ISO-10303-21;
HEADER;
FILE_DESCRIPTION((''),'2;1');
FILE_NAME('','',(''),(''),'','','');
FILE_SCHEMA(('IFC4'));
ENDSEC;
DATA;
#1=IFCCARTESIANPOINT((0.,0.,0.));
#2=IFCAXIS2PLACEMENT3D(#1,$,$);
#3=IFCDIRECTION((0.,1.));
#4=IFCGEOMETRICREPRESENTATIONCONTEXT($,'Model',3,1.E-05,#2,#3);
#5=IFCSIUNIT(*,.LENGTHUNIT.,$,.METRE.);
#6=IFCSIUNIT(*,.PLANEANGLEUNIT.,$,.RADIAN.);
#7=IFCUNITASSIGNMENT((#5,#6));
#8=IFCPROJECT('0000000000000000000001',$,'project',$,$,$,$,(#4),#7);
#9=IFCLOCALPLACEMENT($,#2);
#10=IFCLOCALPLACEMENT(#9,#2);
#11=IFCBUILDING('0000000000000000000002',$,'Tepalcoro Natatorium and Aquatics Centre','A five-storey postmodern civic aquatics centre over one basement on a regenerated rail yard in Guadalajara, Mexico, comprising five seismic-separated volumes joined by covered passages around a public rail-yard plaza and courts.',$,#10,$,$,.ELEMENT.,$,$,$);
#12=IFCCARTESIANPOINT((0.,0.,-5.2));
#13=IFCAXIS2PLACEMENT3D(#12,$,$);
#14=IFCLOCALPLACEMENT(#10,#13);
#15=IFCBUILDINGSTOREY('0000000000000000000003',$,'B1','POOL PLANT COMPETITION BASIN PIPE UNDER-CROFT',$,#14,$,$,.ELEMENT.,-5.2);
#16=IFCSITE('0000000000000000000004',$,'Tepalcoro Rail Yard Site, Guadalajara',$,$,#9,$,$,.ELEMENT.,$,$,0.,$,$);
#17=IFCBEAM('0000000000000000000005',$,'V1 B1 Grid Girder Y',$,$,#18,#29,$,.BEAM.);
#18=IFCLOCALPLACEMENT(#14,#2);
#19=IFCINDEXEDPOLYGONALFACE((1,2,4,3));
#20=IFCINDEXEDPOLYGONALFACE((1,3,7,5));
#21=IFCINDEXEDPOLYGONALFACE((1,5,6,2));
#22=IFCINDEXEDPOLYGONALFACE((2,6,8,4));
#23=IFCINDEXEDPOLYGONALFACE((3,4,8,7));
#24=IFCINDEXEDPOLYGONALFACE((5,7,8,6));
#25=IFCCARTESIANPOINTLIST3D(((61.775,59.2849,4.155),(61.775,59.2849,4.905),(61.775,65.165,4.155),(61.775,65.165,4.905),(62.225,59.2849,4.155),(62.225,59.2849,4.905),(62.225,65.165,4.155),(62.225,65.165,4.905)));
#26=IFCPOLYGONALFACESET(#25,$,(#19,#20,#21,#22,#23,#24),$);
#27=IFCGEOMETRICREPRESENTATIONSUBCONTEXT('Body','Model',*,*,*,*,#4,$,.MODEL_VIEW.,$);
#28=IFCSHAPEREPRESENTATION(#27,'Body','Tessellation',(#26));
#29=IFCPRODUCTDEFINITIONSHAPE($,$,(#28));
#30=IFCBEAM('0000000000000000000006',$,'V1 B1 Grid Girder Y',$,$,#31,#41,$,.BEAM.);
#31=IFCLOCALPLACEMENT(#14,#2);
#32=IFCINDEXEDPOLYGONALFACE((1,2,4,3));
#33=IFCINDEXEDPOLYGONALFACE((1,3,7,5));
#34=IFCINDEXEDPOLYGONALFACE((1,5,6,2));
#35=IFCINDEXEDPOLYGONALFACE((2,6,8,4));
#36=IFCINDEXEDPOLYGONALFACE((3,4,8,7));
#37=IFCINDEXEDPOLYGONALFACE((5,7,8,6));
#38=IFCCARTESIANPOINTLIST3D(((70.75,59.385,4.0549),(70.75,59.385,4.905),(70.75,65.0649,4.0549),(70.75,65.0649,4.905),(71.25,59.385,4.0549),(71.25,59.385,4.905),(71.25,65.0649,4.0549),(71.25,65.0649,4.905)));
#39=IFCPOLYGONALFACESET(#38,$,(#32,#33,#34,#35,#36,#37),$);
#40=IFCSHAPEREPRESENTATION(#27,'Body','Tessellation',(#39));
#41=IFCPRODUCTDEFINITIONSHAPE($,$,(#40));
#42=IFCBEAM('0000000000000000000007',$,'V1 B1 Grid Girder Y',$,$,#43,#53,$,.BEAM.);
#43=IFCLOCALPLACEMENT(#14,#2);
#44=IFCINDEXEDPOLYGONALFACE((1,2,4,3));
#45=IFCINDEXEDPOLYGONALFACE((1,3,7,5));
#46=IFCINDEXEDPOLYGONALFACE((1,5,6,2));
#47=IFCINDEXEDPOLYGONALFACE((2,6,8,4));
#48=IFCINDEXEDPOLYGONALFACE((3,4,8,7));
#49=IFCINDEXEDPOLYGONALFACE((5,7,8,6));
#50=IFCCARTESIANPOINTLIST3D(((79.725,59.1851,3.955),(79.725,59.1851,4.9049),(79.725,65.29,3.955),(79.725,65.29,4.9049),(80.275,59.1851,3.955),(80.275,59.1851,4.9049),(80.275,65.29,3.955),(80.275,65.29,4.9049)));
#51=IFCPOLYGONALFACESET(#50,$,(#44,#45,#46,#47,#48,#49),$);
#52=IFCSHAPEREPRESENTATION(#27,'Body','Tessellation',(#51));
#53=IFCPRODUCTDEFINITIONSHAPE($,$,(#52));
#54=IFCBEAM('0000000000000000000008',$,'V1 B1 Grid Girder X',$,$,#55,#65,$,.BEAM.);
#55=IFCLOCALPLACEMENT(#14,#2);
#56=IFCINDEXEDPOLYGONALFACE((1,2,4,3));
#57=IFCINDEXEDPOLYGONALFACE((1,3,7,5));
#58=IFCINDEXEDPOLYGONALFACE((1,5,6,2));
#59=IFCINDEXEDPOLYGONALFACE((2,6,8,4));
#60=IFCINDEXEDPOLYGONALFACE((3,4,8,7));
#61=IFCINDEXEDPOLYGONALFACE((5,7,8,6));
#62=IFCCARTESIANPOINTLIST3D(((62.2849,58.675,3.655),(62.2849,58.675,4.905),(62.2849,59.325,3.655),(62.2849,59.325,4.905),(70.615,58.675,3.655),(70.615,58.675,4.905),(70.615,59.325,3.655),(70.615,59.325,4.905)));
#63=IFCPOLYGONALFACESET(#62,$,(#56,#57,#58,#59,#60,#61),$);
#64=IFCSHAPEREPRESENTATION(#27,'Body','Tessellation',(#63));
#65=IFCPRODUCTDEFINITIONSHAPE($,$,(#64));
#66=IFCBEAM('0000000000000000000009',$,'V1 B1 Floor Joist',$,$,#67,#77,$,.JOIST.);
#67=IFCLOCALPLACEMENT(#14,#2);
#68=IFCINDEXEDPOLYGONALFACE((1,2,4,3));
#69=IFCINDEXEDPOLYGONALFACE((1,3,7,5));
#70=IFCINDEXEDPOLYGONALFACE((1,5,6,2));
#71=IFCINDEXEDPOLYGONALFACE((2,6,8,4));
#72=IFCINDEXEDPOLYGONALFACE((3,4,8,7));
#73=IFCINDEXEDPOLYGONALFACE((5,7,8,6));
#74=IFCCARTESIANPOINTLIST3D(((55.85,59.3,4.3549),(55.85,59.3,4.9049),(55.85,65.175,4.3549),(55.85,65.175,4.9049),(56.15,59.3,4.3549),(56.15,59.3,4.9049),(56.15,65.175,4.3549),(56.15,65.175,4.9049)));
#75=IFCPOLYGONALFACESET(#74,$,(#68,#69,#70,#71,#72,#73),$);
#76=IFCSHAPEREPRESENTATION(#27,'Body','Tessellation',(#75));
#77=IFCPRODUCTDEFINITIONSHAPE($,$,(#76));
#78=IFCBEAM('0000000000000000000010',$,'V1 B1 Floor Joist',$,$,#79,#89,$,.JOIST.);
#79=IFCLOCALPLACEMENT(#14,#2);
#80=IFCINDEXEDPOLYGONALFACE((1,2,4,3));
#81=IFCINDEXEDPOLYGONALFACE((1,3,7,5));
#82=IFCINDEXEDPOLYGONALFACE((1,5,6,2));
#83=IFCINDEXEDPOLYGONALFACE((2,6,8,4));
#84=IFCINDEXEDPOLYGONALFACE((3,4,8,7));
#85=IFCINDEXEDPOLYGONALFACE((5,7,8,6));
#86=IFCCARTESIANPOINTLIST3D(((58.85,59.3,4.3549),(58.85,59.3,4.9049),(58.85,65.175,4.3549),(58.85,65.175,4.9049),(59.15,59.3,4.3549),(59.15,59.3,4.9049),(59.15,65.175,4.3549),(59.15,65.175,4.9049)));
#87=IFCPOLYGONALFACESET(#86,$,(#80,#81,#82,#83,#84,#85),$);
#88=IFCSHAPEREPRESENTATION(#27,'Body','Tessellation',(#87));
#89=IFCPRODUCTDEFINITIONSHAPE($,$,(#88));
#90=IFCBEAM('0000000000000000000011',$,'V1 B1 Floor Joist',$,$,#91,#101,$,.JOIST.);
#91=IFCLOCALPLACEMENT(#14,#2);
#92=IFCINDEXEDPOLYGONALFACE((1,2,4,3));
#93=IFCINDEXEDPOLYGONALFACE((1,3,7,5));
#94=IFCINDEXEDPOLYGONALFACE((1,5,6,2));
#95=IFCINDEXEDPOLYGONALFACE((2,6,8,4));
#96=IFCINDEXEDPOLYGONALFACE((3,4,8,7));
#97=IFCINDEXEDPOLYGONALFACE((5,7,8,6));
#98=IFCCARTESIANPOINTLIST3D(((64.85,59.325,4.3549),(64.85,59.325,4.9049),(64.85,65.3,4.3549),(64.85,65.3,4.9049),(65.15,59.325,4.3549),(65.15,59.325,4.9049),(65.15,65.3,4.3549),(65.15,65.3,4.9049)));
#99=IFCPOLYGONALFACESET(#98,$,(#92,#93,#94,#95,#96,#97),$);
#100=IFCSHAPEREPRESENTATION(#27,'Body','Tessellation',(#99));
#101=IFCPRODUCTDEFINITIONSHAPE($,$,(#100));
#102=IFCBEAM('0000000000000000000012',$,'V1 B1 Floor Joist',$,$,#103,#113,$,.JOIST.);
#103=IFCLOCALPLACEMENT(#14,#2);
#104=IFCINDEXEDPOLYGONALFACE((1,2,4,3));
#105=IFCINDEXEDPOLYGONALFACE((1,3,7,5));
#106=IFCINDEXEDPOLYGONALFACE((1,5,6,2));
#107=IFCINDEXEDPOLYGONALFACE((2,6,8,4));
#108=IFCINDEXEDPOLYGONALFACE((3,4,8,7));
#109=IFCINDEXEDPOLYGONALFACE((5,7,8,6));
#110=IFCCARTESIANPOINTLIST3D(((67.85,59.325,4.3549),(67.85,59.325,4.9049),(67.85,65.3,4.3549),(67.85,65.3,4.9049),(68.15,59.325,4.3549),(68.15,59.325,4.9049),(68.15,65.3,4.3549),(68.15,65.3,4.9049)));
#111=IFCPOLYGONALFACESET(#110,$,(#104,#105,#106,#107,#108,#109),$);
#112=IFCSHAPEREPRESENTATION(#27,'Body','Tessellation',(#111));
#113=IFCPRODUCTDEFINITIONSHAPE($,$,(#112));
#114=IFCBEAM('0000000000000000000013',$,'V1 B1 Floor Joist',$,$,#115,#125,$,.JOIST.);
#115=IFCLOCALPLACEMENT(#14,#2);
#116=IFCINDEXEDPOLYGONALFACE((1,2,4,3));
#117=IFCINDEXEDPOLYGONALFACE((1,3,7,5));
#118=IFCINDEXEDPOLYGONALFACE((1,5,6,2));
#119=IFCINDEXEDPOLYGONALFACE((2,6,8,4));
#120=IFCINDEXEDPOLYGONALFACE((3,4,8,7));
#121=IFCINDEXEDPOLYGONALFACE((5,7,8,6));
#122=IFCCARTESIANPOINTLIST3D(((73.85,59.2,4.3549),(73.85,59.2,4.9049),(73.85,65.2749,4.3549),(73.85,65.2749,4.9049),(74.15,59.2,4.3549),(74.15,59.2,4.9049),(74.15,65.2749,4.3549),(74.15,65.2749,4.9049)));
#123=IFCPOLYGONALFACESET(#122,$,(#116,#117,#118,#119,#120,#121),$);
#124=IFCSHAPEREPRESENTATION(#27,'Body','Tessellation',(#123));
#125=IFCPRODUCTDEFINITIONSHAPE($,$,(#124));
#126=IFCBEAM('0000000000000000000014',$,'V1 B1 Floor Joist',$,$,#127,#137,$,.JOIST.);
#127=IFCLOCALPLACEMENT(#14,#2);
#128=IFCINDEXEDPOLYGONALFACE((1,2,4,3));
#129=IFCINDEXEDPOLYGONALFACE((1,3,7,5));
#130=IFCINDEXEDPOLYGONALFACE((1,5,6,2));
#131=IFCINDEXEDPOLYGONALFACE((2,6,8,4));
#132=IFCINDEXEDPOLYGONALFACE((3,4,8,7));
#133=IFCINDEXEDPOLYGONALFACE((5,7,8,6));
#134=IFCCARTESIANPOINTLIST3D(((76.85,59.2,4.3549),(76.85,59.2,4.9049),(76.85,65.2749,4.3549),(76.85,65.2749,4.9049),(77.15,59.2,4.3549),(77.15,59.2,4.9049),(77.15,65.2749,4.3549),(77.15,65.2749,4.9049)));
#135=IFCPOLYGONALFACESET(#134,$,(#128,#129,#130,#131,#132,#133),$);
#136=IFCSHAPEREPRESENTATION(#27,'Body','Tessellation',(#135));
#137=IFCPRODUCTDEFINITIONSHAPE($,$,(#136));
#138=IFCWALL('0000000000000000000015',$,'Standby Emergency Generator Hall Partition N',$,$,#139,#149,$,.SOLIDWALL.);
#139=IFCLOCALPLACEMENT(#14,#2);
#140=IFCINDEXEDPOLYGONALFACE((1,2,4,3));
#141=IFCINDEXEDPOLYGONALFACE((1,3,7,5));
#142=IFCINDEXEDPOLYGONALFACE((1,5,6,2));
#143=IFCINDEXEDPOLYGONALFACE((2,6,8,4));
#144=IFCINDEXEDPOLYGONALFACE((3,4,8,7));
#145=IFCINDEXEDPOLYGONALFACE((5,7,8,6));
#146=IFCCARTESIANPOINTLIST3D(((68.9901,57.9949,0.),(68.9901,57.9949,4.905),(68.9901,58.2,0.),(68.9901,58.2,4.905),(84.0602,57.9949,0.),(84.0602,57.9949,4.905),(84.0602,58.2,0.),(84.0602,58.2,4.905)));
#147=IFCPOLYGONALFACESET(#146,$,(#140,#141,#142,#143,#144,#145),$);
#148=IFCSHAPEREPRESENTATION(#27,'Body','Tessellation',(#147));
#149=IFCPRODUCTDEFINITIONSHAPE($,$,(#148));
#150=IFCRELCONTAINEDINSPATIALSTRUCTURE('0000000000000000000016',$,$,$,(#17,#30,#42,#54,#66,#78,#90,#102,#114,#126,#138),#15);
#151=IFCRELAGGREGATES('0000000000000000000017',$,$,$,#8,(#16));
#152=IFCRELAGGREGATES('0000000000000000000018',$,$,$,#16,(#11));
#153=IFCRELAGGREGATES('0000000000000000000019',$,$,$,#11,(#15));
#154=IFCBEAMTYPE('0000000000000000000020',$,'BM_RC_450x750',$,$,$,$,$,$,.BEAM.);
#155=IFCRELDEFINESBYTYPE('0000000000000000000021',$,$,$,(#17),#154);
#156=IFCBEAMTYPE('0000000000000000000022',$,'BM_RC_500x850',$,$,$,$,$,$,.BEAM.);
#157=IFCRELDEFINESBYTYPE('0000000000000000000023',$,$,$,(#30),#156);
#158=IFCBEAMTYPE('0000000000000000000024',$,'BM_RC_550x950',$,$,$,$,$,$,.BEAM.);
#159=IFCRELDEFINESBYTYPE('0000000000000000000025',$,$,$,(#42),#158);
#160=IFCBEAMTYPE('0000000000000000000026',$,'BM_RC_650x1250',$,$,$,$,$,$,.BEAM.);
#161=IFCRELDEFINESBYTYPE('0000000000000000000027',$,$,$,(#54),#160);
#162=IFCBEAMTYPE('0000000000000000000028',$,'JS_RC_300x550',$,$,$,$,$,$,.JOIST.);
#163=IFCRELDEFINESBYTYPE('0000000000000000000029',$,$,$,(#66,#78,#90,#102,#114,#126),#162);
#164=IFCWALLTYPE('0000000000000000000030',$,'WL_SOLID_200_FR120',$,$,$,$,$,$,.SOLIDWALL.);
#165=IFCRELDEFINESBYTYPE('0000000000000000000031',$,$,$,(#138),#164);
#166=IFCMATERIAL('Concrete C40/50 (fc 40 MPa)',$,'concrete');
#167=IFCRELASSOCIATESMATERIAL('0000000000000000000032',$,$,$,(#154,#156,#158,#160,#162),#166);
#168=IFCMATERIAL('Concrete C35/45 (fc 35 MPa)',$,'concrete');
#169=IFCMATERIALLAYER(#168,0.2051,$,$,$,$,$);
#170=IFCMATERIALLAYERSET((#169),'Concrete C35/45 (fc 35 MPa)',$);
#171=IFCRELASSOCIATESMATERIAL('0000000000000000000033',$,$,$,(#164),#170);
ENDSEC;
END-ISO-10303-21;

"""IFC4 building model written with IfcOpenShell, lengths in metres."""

from ifc_helpers import new_model, si_unit, direction, frame, frame_2d, origin, origin_2d, place, context, subcontext, project, spatial, rectangle, extrude, material, layer, layer_set, material_profile, profile_set, type_object, element, save


model = new_model("IFC4")

# Units and contexts
model_context = context("Model", 3, precision=1e-05, world=origin(), true_north=direction((0.0, 1.0)))
body_context = subcontext(model_context, "Body", "Model", "MODEL_VIEW")
ifc_project = project(units=[si_unit("LENGTHUNIT", "METRE"), si_unit("PLANEANGLEUNIT", "RADIAN")], contexts=[model_context])

# Site, building, storey
site_placement = place(None, origin())
site = spatial("IfcSite", under=ifc_project, at=site_placement, Name="Tepalcoro Rail Yard Site, Guadalajara", CompositionType="ELEMENT", RefElevation=0.0)
building_placement = place(site_placement, origin())
building = spatial("IfcBuilding", under=site, at=building_placement, Name="Tepalcoro Natatorium and Aquatics Centre", Description="A five-storey postmodern civic aquatics centre over one basement on a regenerated rail yard in Guadalajara, Mexico, comprising five seismic-separated volumes joined by covered passages around a public rail-yard plaza and courts.", CompositionType="ELEMENT")
storey_placement = place(building_placement, frame((0.0, 0.0, -5.2)))
storey = spatial("IfcBuildingStorey", under=building, at=storey_placement, Name="B1", Description="POOL PLANT COMPETITION BASIN PIPE UNDER-CROFT", CompositionType="ELEMENT", Elevation=-5.2)

# Shared definitions
ifc_material_1 = material(Name="Concrete C40/50 (fc 40 MPa)", Category="concrete")

# Beams
ifc_material_profile_1 = material_profile(ifc_material_1, rectangle(XDim=0.45, YDim=0.75, at=origin_2d()), Name="RCB450x750")
ifc_profile_set_1 = profile_set([ifc_material_profile_1], Name="Concrete C40/50 (fc 40 MPa)")
beam_type_1 = type_object("IfcBeamType", Name="BM_RC_450x750", PredefinedType="BEAM", material=ifc_profile_set_1)
beam_1_placement = place(storey_placement, frame((62.0, 59.2849, 4.53), z_axis=(0.0, 1.0, 0.0), x_axis=(-1.0, 0.0, 0.0)))
element("IfcBeam", 1, at=beam_1_placement, inside=storey, type_object=beam_type_1, Name="V1 B1 Grid Girder Y", PredefinedType="BEAM", context=body_context, shape_type="SweptSolid", body=[
    extrude(rectangle(XDim=0.45, YDim=0.75, at=origin_2d()), origin(), (0.0, 0.0, 1.0), 5.8801),
])
ifc_material_profile_2 = material_profile(ifc_material_1, rectangle(XDim=0.5, YDim=0.8501, at=origin_2d()), Name="RCB500x850")
ifc_profile_set_2 = profile_set([ifc_material_profile_2], Name="Concrete C40/50 (fc 40 MPa)")
beam_type_2 = type_object("IfcBeamType", Name="BM_RC_500x850", PredefinedType="BEAM", material=ifc_profile_set_2)
beam_2_placement = place(storey_placement, frame((71.0, 59.385, 4.48), z_axis=(0.0, 1.0, 0.0), x_axis=(-1.0, 0.0, 0.0)))
element("IfcBeam", 2, at=beam_2_placement, inside=storey, type_object=beam_type_2, Name="V1 B1 Grid Girder Y", PredefinedType="BEAM", context=body_context, shape_type="SweptSolid", body=[
    extrude(rectangle(XDim=0.5, YDim=0.8501, at=origin_2d()), origin(), (0.0, 0.0, 1.0), 5.6799),
])
ifc_material_profile_3 = material_profile(ifc_material_1, rectangle(XDim=0.55, YDim=0.95, at=origin_2d()), Name="RCB550x950")
ifc_profile_set_3 = profile_set([ifc_material_profile_3], Name="Concrete C40/50 (fc 40 MPa)")
beam_type_3 = type_object("IfcBeamType", Name="BM_RC_550x950", PredefinedType="BEAM", material=ifc_profile_set_3)
beam_3_placement = place(storey_placement, frame((80.0, 59.1851, 4.4299), z_axis=(0.0, 1.0, 0.0), x_axis=(-1.0, 0.0, 0.0)))
element("IfcBeam", 3, at=beam_3_placement, inside=storey, type_object=beam_type_3, Name="V1 B1 Grid Girder Y", PredefinedType="BEAM", context=body_context, shape_type="SweptSolid", body=[
    extrude(rectangle(XDim=0.55, YDim=0.95, at=origin_2d()), origin(), (0.0, 0.0, 1.0), 6.105),
])
ifc_material_profile_4 = material_profile(ifc_material_1, rectangle(XDim=0.6499, YDim=1.25, at=origin_2d()), Name="RCB650x1250")
ifc_profile_set_4 = profile_set([ifc_material_profile_4], Name="Concrete C40/50 (fc 40 MPa)")
beam_type_4 = type_object("IfcBeamType", Name="BM_RC_650x1250", PredefinedType="BEAM", material=ifc_profile_set_4)
beam_4_placement = place(storey_placement, frame((62.2849, 59.0, 4.28), z_axis=(1.0, 0.0, 0.0), x_axis=(0.0, 1.0, 0.0)))
element("IfcBeam", 4, at=beam_4_placement, inside=storey, type_object=beam_type_4, Name="V1 B1 Grid Girder X", PredefinedType="BEAM", context=body_context, shape_type="SweptSolid", body=[
    extrude(rectangle(XDim=0.6499, YDim=1.25, at=origin_2d()), origin(), (0.0, 0.0, 1.0), 8.3301),
])
ifc_material_profile_5 = material_profile(ifc_material_1, rectangle(XDim=0.3, YDim=0.55, at=origin_2d()), Name="RCJ300x550")
ifc_profile_set_5 = profile_set([ifc_material_profile_5], Name="Concrete C40/50 (fc 40 MPa)")
beam_type_5 = type_object("IfcBeamType", Name="JS_RC_300x550", PredefinedType="JOIST", material=ifc_profile_set_5)
for number, where, z_axis, x_axis, name in (
    (5, (56.0, 59.3, 4.6299), (0.0, 1.0, 0.0), (-1.0, 0.0, 0.0), "V1 B1 Floor Joist"),
    (6, (59.0, 59.3, 4.6299), (0.0, 1.0, 0.0), (-1.0, 0.0, 0.0), "V1 B1 Floor Joist"),
):
    element("IfcBeam", number, at=place(storey_placement, frame(where, z_axis=z_axis, x_axis=x_axis)), inside=storey, type_object=beam_type_5, Name=name, PredefinedType="JOIST", context=body_context, shape_type="SweptSolid", body=[
        extrude(rectangle(XDim=0.3, YDim=0.55, at=origin_2d()), origin(), (0.0, 0.0, 1.0), 5.875),
    ])
for number, where, z_axis, x_axis, name in (
    (7, (65.0, 59.325, 4.6299), (0.0, 1.0, 0.0), (-1.0, 0.0, 0.0), "V1 B1 Floor Joist"),
    (8, (68.0, 59.325, 4.6299), (0.0, 1.0, 0.0), (-1.0, 0.0, 0.0), "V1 B1 Floor Joist"),
):
    element("IfcBeam", number, at=place(storey_placement, frame(where, z_axis=z_axis, x_axis=x_axis)), inside=storey, type_object=beam_type_5, Name=name, PredefinedType="JOIST", context=body_context, shape_type="SweptSolid", body=[
        extrude(rectangle(XDim=0.3, YDim=0.55, at=origin_2d()), origin(), (0.0, 0.0, 1.0), 5.9751),
    ])
for number, where, z_axis, x_axis, name in (
    (9, (74.0, 59.2, 4.6299), (0.0, 1.0, 0.0), (-1.0, 0.0, 0.0), "V1 B1 Floor Joist"),
    (10, (77.0, 59.2, 4.6299), (0.0, 1.0, 0.0), (-1.0, 0.0, 0.0), "V1 B1 Floor Joist"),
):
    element("IfcBeam", number, at=place(storey_placement, frame(where, z_axis=z_axis, x_axis=x_axis)), inside=storey, type_object=beam_type_5, Name=name, PredefinedType="JOIST", context=body_context, shape_type="SweptSolid", body=[
        extrude(rectangle(XDim=0.3, YDim=0.55, at=origin_2d()), origin(), (0.0, 0.0, 1.0), 6.075),
    ])

# Wall
ifc_material_2 = material(Name="Concrete C35/45 (fc 35 MPa)", Category="concrete")
ifc_layer = layer(ifc_material_2, 0.2051)
ifc_layer_set = layer_set([ifc_layer], Name="Concrete C35/45 (fc 35 MPa)")
wall_type = type_object("IfcWallType", Name="WL_SOLID_200_FR120", PredefinedType="SOLIDWALL", material=ifc_layer_set)
wall_placement = place(storey_placement, frame((68.99, 58.0974, 0.0), z_axis=(0.0, 0.0, 1.0), x_axis=(1.0, 0.0, 0.0)))
element("IfcWall", 11, at=wall_placement, inside=storey, type_object=wall_type, Name="Standby Emergency Generator Hall Partition N", PredefinedType="SOLIDWALL", context=body_context, shape_type="SweptSolid", body=[
    extrude(rectangle(XDim=15.0701, YDim=0.2051, at=frame_2d((7.5352, 0.0))), origin(), (0.0, 0.0, 1.0), 4.905),
])

save(model, "model.ifc")
